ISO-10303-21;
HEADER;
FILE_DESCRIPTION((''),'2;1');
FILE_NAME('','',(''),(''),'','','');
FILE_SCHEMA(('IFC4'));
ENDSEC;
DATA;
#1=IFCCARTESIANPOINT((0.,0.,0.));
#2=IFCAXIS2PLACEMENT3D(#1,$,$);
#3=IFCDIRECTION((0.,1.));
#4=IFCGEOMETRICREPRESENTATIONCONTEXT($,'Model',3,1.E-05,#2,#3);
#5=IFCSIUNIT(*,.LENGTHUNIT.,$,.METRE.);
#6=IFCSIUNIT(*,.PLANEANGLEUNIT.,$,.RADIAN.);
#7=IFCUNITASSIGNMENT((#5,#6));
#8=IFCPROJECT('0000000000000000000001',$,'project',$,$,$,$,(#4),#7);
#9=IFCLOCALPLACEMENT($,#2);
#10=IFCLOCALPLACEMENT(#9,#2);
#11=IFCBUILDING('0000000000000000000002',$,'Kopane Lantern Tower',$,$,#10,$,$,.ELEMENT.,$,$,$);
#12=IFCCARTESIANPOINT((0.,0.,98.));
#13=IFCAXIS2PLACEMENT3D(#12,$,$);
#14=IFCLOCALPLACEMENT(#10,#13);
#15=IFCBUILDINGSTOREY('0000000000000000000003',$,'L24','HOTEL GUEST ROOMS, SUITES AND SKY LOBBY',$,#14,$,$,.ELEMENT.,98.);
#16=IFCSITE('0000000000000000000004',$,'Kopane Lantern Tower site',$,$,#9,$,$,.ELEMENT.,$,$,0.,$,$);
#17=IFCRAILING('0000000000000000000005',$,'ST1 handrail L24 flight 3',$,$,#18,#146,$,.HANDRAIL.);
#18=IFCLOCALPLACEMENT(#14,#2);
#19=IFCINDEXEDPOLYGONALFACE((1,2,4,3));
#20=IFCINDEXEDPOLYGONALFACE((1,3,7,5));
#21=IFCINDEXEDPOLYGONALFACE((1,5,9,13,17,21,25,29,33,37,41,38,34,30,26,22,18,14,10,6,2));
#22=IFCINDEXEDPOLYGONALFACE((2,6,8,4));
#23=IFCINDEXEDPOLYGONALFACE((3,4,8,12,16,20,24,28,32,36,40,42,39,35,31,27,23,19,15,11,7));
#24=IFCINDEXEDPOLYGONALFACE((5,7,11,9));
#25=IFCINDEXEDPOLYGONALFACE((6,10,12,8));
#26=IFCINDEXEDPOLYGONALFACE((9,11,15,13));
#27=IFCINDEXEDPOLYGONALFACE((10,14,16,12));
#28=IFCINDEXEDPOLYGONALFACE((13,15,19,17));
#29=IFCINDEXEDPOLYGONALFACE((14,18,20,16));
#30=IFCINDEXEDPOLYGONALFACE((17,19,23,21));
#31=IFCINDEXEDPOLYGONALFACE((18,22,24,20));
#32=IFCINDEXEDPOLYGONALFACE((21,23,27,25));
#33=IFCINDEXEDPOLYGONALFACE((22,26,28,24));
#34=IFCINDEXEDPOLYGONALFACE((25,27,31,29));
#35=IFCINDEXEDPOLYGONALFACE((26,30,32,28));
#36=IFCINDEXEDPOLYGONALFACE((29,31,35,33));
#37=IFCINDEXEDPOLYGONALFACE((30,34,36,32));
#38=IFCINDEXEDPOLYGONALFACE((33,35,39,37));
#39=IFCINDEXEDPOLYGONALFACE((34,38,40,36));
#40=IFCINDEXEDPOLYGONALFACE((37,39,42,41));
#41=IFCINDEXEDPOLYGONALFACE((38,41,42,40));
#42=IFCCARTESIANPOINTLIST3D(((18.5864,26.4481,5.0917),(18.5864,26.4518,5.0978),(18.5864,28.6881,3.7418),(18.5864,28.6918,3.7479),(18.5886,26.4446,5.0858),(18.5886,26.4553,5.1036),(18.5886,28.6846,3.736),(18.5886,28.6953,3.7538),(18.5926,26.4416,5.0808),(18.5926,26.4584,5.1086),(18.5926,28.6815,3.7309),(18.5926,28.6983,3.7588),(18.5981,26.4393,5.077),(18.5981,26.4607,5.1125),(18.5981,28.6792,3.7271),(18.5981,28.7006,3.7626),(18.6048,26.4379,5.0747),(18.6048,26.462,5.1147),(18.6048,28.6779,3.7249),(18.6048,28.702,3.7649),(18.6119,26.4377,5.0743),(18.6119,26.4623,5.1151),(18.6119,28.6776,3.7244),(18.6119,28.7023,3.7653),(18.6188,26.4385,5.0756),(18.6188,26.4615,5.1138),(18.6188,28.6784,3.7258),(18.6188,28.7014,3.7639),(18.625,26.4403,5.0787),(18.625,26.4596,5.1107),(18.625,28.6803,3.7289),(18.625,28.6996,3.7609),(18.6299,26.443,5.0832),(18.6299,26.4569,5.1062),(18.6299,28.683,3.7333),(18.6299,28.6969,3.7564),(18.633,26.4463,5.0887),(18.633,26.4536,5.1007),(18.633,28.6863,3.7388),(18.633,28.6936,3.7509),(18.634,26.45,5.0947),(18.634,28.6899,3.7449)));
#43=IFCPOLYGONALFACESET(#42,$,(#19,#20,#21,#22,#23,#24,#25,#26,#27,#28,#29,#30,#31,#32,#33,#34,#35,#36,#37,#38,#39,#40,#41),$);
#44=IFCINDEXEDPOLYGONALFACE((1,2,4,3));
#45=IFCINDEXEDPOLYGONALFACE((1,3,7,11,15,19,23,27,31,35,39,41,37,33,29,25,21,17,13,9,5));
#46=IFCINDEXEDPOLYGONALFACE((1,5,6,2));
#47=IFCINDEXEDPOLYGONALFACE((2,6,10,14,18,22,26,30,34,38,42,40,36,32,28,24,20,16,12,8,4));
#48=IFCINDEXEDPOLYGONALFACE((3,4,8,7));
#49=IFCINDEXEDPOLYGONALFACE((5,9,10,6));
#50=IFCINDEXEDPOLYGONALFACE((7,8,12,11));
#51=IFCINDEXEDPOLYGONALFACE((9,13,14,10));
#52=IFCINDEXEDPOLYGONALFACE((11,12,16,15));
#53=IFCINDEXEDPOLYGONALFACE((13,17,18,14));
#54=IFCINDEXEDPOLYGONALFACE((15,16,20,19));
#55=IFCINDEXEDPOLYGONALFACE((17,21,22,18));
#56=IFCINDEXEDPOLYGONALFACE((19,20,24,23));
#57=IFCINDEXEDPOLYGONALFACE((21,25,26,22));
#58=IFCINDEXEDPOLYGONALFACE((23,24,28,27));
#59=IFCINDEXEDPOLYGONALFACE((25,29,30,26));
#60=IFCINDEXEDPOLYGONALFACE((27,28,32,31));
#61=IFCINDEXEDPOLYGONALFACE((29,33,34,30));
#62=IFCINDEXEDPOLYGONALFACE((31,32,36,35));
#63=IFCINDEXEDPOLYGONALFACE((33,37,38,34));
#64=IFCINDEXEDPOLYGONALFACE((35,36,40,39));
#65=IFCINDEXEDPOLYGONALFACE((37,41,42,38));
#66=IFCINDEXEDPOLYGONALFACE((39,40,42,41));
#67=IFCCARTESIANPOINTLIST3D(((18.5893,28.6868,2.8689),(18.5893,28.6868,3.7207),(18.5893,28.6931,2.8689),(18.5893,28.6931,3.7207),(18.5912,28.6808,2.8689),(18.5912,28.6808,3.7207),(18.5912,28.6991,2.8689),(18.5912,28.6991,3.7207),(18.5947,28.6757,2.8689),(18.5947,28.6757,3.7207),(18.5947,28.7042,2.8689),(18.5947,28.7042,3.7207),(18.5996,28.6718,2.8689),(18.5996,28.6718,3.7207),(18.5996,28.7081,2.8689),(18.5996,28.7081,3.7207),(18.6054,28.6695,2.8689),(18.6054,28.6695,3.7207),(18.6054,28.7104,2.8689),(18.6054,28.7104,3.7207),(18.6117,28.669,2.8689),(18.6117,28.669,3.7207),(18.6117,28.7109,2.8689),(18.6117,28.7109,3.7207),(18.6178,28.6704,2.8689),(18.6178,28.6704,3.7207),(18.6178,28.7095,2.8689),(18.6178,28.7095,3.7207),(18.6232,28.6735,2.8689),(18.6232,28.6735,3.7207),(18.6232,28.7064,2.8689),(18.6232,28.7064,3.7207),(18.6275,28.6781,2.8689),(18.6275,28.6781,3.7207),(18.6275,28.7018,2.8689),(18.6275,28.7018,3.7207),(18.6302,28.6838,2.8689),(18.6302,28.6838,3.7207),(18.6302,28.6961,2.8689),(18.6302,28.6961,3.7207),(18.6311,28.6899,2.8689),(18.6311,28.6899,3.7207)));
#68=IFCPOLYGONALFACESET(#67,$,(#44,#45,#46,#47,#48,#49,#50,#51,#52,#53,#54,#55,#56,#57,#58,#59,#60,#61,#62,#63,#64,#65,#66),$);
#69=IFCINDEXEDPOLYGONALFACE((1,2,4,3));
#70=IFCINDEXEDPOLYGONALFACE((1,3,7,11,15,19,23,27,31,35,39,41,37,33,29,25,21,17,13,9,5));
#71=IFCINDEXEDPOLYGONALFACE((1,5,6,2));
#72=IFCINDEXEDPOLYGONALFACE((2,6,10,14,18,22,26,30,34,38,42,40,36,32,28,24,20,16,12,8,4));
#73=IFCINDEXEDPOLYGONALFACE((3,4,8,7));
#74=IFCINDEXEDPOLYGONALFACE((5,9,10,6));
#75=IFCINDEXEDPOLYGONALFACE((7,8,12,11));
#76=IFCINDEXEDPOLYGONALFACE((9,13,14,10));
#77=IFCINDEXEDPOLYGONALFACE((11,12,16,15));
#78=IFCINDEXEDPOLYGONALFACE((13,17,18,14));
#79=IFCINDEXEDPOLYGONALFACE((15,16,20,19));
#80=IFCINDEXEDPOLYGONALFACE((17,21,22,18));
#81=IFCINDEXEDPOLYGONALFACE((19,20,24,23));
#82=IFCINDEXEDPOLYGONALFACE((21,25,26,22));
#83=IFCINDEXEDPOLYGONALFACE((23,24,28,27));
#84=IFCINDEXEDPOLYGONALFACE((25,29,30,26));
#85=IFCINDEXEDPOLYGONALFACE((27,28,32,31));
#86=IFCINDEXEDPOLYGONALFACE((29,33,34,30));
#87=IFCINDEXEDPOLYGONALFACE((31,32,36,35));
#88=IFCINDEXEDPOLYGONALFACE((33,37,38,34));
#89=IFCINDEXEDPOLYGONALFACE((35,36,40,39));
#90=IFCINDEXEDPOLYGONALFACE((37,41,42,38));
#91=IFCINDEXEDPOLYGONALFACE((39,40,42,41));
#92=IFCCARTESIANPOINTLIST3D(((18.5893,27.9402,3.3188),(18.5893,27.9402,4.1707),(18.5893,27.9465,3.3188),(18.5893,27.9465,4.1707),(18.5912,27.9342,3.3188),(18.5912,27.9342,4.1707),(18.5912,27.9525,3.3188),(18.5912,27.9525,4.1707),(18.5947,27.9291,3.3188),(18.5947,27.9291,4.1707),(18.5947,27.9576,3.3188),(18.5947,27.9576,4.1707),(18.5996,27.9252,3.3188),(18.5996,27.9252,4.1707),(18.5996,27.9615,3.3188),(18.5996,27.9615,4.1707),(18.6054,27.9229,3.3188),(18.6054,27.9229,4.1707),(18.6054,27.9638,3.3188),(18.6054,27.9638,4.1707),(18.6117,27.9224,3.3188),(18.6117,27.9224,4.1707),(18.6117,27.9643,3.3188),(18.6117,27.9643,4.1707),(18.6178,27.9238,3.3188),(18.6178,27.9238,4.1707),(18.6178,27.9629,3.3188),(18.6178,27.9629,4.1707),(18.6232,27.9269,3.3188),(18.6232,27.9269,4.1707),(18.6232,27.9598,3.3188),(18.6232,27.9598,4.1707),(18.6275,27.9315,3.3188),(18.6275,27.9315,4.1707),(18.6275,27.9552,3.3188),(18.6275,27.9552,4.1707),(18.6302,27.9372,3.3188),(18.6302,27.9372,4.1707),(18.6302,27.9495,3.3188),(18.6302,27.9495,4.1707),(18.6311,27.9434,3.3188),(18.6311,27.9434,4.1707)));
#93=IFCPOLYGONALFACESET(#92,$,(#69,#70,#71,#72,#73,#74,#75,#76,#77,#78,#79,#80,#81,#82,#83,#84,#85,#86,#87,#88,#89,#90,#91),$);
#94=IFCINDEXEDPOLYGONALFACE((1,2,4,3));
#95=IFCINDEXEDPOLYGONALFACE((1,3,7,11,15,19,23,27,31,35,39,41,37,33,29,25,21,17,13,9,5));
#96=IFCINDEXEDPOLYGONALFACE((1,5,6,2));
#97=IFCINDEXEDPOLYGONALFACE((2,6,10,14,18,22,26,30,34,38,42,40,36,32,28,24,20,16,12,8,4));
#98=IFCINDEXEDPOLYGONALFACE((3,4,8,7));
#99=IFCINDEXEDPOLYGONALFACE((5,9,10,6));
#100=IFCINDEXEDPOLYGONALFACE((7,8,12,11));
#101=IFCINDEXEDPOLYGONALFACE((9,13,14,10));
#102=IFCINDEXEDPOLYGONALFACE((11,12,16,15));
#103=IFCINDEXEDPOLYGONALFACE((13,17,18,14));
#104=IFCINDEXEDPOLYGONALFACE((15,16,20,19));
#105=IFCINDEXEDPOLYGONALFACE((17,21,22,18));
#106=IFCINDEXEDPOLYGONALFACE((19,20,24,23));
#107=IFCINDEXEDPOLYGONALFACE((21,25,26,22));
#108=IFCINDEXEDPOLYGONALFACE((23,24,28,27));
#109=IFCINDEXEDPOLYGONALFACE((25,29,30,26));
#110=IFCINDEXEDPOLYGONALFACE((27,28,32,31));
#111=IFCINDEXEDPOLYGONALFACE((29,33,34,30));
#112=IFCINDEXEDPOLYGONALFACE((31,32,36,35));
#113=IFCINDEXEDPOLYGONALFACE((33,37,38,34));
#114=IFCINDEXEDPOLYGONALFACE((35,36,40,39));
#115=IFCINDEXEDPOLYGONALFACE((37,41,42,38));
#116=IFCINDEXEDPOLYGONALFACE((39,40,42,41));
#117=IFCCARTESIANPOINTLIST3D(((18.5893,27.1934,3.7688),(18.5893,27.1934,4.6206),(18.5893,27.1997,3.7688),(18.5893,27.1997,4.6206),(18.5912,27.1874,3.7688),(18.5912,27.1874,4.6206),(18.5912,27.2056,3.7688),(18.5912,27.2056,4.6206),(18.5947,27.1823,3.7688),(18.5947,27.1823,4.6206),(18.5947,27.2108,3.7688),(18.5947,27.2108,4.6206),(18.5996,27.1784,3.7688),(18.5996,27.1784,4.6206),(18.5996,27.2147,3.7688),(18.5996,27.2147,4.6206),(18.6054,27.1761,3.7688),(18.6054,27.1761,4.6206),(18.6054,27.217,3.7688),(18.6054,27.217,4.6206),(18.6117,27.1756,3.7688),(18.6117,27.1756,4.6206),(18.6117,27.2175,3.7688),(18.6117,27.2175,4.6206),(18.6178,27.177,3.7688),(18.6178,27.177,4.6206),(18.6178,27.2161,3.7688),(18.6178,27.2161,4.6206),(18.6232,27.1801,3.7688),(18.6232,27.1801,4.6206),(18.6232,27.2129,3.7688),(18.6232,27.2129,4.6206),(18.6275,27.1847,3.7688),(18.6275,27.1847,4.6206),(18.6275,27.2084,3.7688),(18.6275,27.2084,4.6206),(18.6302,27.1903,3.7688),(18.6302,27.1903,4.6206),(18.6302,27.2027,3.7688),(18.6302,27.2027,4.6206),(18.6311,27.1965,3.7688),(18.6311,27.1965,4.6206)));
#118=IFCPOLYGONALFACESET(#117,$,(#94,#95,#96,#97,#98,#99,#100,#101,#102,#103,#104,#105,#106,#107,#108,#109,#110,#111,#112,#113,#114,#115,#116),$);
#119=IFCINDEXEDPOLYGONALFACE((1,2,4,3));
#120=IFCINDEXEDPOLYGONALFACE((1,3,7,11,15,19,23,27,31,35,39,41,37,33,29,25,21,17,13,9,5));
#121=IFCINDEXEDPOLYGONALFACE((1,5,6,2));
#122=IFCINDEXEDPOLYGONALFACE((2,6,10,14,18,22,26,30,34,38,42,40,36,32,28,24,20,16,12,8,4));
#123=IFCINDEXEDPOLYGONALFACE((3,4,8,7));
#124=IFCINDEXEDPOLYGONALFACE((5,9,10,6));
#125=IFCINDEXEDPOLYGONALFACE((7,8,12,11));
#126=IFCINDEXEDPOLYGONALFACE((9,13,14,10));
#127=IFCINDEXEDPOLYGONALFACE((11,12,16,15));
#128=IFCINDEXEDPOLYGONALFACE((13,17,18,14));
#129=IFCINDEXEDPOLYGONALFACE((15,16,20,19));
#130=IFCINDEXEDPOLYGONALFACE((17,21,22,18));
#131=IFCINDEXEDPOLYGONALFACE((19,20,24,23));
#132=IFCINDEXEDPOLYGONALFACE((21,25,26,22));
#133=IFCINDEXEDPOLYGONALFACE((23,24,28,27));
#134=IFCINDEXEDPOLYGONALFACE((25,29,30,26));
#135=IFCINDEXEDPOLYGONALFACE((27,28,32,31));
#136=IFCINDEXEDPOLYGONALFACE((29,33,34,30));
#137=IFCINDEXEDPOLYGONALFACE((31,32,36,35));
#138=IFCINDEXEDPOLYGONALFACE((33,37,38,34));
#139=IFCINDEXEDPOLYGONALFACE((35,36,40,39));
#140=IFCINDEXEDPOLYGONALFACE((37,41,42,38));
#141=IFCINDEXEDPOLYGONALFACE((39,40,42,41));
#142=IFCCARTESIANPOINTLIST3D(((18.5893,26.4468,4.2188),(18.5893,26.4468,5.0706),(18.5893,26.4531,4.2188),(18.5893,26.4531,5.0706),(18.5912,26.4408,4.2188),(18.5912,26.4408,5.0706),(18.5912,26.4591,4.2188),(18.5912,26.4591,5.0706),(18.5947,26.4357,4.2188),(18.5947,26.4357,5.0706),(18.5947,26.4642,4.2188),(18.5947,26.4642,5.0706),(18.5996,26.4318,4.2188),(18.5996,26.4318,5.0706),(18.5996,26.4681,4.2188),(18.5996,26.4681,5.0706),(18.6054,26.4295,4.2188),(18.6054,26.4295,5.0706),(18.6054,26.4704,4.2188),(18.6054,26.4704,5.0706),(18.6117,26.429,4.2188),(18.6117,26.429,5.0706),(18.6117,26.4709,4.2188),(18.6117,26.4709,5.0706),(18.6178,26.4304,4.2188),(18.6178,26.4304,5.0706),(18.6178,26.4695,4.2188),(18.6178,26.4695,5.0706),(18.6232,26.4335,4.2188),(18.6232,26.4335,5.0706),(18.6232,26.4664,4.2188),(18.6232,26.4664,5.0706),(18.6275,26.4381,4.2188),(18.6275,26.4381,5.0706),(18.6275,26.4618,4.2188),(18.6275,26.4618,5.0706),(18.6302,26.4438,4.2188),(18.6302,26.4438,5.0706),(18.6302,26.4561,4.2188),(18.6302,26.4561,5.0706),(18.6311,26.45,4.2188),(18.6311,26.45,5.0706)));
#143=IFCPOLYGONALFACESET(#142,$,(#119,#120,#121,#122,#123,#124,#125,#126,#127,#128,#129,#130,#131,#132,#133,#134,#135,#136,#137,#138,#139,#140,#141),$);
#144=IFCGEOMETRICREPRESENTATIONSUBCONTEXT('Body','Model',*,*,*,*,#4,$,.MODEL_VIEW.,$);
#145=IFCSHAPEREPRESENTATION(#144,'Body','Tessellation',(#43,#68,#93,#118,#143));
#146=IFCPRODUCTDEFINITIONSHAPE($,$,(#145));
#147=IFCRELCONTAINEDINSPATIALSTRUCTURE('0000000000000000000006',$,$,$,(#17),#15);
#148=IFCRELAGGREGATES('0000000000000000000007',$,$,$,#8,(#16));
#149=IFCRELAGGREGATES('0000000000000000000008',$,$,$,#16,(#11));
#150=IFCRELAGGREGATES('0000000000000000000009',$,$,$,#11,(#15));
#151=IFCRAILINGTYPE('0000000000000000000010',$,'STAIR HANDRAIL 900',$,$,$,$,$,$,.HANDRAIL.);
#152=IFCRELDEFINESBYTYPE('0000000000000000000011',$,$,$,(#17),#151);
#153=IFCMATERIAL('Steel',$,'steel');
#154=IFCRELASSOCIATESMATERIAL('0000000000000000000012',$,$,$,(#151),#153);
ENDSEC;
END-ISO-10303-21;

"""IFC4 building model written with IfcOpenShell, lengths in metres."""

from ifc_helpers import new_model, si_unit, direction, frame, origin, origin_2d, place, context, subcontext, project, spatial, circle, extrude, material, type_object, element, save


model = new_model("IFC4")

# Units and contexts
model_context = context("Model", 3, precision=1e-05, world=origin(), true_north=direction((0.0, 1.0)))
body_context = subcontext(model_context, "Body", "Model", "MODEL_VIEW")
ifc_project = project(units=[si_unit("LENGTHUNIT", "METRE"), si_unit("PLANEANGLEUNIT", "RADIAN")], contexts=[model_context])

# Site, building, storey
site_placement = place(None, origin())
site = spatial("IfcSite", under=ifc_project, at=site_placement, Name="Kopane Lantern Tower site", CompositionType="ELEMENT", RefElevation=0.0)
building_placement = place(site_placement, origin())
building = spatial("IfcBuilding", under=site, at=building_placement, Name="Kopane Lantern Tower", CompositionType="ELEMENT")
storey_placement = place(building_placement, frame((0.0, 0.0, 98.0)))
storey = spatial("IfcBuildingStorey", under=building, at=storey_placement, Name="L24", Description="HOTEL GUEST ROOMS, SUITES AND SKY LOBBY", CompositionType="ELEMENT", Elevation=98.0)

# Railing
ifc_material_1 = material(Name="Steel", Category="steel")
railing_type = type_object("IfcRailingType", Name="STAIR HANDRAIL 900", PredefinedType="HANDRAIL", material=ifc_material_1)
railing_placement = place(storey_placement, frame((18.6101, 28.6899, 2.8689)))
element("IfcRailing", 1, at=railing_placement, inside=storey, type_object=railing_type, Name="ST1 handrail L24 flight 3", PredefinedType="HANDRAIL", context=body_context, shape_type="SweptSolid", body=[
    extrude(circle(Radius=0.0239, at=origin_2d()), frame((0.0, 0.0, 0.876), z_axis=(0.0, -0.856503, 0.516142), x_axis=(1.0, 0.0, 0.0)), (0.0, 0.0, 1.0), 2.6152),
    extrude(circle(Radius=0.021, at=origin_2d()), origin(), (0.0, 0.0, 1.0), 0.8518),
    extrude(circle(Radius=0.021, at=origin_2d()), frame((0.0, -0.7466, 0.45)), (0.0, 0.0, 1.0), 0.8518),
    extrude(circle(Radius=0.021, at=origin_2d()), frame((0.0, -1.4934, 0.8999)), (0.0, 0.0, 1.0), 0.8518),
    extrude(circle(Radius=0.021, at=origin_2d()), frame((0.0, -2.24, 1.3499)), (0.0, 0.0, 1.0), 0.8518),
])

save(model, "model.ifc")
